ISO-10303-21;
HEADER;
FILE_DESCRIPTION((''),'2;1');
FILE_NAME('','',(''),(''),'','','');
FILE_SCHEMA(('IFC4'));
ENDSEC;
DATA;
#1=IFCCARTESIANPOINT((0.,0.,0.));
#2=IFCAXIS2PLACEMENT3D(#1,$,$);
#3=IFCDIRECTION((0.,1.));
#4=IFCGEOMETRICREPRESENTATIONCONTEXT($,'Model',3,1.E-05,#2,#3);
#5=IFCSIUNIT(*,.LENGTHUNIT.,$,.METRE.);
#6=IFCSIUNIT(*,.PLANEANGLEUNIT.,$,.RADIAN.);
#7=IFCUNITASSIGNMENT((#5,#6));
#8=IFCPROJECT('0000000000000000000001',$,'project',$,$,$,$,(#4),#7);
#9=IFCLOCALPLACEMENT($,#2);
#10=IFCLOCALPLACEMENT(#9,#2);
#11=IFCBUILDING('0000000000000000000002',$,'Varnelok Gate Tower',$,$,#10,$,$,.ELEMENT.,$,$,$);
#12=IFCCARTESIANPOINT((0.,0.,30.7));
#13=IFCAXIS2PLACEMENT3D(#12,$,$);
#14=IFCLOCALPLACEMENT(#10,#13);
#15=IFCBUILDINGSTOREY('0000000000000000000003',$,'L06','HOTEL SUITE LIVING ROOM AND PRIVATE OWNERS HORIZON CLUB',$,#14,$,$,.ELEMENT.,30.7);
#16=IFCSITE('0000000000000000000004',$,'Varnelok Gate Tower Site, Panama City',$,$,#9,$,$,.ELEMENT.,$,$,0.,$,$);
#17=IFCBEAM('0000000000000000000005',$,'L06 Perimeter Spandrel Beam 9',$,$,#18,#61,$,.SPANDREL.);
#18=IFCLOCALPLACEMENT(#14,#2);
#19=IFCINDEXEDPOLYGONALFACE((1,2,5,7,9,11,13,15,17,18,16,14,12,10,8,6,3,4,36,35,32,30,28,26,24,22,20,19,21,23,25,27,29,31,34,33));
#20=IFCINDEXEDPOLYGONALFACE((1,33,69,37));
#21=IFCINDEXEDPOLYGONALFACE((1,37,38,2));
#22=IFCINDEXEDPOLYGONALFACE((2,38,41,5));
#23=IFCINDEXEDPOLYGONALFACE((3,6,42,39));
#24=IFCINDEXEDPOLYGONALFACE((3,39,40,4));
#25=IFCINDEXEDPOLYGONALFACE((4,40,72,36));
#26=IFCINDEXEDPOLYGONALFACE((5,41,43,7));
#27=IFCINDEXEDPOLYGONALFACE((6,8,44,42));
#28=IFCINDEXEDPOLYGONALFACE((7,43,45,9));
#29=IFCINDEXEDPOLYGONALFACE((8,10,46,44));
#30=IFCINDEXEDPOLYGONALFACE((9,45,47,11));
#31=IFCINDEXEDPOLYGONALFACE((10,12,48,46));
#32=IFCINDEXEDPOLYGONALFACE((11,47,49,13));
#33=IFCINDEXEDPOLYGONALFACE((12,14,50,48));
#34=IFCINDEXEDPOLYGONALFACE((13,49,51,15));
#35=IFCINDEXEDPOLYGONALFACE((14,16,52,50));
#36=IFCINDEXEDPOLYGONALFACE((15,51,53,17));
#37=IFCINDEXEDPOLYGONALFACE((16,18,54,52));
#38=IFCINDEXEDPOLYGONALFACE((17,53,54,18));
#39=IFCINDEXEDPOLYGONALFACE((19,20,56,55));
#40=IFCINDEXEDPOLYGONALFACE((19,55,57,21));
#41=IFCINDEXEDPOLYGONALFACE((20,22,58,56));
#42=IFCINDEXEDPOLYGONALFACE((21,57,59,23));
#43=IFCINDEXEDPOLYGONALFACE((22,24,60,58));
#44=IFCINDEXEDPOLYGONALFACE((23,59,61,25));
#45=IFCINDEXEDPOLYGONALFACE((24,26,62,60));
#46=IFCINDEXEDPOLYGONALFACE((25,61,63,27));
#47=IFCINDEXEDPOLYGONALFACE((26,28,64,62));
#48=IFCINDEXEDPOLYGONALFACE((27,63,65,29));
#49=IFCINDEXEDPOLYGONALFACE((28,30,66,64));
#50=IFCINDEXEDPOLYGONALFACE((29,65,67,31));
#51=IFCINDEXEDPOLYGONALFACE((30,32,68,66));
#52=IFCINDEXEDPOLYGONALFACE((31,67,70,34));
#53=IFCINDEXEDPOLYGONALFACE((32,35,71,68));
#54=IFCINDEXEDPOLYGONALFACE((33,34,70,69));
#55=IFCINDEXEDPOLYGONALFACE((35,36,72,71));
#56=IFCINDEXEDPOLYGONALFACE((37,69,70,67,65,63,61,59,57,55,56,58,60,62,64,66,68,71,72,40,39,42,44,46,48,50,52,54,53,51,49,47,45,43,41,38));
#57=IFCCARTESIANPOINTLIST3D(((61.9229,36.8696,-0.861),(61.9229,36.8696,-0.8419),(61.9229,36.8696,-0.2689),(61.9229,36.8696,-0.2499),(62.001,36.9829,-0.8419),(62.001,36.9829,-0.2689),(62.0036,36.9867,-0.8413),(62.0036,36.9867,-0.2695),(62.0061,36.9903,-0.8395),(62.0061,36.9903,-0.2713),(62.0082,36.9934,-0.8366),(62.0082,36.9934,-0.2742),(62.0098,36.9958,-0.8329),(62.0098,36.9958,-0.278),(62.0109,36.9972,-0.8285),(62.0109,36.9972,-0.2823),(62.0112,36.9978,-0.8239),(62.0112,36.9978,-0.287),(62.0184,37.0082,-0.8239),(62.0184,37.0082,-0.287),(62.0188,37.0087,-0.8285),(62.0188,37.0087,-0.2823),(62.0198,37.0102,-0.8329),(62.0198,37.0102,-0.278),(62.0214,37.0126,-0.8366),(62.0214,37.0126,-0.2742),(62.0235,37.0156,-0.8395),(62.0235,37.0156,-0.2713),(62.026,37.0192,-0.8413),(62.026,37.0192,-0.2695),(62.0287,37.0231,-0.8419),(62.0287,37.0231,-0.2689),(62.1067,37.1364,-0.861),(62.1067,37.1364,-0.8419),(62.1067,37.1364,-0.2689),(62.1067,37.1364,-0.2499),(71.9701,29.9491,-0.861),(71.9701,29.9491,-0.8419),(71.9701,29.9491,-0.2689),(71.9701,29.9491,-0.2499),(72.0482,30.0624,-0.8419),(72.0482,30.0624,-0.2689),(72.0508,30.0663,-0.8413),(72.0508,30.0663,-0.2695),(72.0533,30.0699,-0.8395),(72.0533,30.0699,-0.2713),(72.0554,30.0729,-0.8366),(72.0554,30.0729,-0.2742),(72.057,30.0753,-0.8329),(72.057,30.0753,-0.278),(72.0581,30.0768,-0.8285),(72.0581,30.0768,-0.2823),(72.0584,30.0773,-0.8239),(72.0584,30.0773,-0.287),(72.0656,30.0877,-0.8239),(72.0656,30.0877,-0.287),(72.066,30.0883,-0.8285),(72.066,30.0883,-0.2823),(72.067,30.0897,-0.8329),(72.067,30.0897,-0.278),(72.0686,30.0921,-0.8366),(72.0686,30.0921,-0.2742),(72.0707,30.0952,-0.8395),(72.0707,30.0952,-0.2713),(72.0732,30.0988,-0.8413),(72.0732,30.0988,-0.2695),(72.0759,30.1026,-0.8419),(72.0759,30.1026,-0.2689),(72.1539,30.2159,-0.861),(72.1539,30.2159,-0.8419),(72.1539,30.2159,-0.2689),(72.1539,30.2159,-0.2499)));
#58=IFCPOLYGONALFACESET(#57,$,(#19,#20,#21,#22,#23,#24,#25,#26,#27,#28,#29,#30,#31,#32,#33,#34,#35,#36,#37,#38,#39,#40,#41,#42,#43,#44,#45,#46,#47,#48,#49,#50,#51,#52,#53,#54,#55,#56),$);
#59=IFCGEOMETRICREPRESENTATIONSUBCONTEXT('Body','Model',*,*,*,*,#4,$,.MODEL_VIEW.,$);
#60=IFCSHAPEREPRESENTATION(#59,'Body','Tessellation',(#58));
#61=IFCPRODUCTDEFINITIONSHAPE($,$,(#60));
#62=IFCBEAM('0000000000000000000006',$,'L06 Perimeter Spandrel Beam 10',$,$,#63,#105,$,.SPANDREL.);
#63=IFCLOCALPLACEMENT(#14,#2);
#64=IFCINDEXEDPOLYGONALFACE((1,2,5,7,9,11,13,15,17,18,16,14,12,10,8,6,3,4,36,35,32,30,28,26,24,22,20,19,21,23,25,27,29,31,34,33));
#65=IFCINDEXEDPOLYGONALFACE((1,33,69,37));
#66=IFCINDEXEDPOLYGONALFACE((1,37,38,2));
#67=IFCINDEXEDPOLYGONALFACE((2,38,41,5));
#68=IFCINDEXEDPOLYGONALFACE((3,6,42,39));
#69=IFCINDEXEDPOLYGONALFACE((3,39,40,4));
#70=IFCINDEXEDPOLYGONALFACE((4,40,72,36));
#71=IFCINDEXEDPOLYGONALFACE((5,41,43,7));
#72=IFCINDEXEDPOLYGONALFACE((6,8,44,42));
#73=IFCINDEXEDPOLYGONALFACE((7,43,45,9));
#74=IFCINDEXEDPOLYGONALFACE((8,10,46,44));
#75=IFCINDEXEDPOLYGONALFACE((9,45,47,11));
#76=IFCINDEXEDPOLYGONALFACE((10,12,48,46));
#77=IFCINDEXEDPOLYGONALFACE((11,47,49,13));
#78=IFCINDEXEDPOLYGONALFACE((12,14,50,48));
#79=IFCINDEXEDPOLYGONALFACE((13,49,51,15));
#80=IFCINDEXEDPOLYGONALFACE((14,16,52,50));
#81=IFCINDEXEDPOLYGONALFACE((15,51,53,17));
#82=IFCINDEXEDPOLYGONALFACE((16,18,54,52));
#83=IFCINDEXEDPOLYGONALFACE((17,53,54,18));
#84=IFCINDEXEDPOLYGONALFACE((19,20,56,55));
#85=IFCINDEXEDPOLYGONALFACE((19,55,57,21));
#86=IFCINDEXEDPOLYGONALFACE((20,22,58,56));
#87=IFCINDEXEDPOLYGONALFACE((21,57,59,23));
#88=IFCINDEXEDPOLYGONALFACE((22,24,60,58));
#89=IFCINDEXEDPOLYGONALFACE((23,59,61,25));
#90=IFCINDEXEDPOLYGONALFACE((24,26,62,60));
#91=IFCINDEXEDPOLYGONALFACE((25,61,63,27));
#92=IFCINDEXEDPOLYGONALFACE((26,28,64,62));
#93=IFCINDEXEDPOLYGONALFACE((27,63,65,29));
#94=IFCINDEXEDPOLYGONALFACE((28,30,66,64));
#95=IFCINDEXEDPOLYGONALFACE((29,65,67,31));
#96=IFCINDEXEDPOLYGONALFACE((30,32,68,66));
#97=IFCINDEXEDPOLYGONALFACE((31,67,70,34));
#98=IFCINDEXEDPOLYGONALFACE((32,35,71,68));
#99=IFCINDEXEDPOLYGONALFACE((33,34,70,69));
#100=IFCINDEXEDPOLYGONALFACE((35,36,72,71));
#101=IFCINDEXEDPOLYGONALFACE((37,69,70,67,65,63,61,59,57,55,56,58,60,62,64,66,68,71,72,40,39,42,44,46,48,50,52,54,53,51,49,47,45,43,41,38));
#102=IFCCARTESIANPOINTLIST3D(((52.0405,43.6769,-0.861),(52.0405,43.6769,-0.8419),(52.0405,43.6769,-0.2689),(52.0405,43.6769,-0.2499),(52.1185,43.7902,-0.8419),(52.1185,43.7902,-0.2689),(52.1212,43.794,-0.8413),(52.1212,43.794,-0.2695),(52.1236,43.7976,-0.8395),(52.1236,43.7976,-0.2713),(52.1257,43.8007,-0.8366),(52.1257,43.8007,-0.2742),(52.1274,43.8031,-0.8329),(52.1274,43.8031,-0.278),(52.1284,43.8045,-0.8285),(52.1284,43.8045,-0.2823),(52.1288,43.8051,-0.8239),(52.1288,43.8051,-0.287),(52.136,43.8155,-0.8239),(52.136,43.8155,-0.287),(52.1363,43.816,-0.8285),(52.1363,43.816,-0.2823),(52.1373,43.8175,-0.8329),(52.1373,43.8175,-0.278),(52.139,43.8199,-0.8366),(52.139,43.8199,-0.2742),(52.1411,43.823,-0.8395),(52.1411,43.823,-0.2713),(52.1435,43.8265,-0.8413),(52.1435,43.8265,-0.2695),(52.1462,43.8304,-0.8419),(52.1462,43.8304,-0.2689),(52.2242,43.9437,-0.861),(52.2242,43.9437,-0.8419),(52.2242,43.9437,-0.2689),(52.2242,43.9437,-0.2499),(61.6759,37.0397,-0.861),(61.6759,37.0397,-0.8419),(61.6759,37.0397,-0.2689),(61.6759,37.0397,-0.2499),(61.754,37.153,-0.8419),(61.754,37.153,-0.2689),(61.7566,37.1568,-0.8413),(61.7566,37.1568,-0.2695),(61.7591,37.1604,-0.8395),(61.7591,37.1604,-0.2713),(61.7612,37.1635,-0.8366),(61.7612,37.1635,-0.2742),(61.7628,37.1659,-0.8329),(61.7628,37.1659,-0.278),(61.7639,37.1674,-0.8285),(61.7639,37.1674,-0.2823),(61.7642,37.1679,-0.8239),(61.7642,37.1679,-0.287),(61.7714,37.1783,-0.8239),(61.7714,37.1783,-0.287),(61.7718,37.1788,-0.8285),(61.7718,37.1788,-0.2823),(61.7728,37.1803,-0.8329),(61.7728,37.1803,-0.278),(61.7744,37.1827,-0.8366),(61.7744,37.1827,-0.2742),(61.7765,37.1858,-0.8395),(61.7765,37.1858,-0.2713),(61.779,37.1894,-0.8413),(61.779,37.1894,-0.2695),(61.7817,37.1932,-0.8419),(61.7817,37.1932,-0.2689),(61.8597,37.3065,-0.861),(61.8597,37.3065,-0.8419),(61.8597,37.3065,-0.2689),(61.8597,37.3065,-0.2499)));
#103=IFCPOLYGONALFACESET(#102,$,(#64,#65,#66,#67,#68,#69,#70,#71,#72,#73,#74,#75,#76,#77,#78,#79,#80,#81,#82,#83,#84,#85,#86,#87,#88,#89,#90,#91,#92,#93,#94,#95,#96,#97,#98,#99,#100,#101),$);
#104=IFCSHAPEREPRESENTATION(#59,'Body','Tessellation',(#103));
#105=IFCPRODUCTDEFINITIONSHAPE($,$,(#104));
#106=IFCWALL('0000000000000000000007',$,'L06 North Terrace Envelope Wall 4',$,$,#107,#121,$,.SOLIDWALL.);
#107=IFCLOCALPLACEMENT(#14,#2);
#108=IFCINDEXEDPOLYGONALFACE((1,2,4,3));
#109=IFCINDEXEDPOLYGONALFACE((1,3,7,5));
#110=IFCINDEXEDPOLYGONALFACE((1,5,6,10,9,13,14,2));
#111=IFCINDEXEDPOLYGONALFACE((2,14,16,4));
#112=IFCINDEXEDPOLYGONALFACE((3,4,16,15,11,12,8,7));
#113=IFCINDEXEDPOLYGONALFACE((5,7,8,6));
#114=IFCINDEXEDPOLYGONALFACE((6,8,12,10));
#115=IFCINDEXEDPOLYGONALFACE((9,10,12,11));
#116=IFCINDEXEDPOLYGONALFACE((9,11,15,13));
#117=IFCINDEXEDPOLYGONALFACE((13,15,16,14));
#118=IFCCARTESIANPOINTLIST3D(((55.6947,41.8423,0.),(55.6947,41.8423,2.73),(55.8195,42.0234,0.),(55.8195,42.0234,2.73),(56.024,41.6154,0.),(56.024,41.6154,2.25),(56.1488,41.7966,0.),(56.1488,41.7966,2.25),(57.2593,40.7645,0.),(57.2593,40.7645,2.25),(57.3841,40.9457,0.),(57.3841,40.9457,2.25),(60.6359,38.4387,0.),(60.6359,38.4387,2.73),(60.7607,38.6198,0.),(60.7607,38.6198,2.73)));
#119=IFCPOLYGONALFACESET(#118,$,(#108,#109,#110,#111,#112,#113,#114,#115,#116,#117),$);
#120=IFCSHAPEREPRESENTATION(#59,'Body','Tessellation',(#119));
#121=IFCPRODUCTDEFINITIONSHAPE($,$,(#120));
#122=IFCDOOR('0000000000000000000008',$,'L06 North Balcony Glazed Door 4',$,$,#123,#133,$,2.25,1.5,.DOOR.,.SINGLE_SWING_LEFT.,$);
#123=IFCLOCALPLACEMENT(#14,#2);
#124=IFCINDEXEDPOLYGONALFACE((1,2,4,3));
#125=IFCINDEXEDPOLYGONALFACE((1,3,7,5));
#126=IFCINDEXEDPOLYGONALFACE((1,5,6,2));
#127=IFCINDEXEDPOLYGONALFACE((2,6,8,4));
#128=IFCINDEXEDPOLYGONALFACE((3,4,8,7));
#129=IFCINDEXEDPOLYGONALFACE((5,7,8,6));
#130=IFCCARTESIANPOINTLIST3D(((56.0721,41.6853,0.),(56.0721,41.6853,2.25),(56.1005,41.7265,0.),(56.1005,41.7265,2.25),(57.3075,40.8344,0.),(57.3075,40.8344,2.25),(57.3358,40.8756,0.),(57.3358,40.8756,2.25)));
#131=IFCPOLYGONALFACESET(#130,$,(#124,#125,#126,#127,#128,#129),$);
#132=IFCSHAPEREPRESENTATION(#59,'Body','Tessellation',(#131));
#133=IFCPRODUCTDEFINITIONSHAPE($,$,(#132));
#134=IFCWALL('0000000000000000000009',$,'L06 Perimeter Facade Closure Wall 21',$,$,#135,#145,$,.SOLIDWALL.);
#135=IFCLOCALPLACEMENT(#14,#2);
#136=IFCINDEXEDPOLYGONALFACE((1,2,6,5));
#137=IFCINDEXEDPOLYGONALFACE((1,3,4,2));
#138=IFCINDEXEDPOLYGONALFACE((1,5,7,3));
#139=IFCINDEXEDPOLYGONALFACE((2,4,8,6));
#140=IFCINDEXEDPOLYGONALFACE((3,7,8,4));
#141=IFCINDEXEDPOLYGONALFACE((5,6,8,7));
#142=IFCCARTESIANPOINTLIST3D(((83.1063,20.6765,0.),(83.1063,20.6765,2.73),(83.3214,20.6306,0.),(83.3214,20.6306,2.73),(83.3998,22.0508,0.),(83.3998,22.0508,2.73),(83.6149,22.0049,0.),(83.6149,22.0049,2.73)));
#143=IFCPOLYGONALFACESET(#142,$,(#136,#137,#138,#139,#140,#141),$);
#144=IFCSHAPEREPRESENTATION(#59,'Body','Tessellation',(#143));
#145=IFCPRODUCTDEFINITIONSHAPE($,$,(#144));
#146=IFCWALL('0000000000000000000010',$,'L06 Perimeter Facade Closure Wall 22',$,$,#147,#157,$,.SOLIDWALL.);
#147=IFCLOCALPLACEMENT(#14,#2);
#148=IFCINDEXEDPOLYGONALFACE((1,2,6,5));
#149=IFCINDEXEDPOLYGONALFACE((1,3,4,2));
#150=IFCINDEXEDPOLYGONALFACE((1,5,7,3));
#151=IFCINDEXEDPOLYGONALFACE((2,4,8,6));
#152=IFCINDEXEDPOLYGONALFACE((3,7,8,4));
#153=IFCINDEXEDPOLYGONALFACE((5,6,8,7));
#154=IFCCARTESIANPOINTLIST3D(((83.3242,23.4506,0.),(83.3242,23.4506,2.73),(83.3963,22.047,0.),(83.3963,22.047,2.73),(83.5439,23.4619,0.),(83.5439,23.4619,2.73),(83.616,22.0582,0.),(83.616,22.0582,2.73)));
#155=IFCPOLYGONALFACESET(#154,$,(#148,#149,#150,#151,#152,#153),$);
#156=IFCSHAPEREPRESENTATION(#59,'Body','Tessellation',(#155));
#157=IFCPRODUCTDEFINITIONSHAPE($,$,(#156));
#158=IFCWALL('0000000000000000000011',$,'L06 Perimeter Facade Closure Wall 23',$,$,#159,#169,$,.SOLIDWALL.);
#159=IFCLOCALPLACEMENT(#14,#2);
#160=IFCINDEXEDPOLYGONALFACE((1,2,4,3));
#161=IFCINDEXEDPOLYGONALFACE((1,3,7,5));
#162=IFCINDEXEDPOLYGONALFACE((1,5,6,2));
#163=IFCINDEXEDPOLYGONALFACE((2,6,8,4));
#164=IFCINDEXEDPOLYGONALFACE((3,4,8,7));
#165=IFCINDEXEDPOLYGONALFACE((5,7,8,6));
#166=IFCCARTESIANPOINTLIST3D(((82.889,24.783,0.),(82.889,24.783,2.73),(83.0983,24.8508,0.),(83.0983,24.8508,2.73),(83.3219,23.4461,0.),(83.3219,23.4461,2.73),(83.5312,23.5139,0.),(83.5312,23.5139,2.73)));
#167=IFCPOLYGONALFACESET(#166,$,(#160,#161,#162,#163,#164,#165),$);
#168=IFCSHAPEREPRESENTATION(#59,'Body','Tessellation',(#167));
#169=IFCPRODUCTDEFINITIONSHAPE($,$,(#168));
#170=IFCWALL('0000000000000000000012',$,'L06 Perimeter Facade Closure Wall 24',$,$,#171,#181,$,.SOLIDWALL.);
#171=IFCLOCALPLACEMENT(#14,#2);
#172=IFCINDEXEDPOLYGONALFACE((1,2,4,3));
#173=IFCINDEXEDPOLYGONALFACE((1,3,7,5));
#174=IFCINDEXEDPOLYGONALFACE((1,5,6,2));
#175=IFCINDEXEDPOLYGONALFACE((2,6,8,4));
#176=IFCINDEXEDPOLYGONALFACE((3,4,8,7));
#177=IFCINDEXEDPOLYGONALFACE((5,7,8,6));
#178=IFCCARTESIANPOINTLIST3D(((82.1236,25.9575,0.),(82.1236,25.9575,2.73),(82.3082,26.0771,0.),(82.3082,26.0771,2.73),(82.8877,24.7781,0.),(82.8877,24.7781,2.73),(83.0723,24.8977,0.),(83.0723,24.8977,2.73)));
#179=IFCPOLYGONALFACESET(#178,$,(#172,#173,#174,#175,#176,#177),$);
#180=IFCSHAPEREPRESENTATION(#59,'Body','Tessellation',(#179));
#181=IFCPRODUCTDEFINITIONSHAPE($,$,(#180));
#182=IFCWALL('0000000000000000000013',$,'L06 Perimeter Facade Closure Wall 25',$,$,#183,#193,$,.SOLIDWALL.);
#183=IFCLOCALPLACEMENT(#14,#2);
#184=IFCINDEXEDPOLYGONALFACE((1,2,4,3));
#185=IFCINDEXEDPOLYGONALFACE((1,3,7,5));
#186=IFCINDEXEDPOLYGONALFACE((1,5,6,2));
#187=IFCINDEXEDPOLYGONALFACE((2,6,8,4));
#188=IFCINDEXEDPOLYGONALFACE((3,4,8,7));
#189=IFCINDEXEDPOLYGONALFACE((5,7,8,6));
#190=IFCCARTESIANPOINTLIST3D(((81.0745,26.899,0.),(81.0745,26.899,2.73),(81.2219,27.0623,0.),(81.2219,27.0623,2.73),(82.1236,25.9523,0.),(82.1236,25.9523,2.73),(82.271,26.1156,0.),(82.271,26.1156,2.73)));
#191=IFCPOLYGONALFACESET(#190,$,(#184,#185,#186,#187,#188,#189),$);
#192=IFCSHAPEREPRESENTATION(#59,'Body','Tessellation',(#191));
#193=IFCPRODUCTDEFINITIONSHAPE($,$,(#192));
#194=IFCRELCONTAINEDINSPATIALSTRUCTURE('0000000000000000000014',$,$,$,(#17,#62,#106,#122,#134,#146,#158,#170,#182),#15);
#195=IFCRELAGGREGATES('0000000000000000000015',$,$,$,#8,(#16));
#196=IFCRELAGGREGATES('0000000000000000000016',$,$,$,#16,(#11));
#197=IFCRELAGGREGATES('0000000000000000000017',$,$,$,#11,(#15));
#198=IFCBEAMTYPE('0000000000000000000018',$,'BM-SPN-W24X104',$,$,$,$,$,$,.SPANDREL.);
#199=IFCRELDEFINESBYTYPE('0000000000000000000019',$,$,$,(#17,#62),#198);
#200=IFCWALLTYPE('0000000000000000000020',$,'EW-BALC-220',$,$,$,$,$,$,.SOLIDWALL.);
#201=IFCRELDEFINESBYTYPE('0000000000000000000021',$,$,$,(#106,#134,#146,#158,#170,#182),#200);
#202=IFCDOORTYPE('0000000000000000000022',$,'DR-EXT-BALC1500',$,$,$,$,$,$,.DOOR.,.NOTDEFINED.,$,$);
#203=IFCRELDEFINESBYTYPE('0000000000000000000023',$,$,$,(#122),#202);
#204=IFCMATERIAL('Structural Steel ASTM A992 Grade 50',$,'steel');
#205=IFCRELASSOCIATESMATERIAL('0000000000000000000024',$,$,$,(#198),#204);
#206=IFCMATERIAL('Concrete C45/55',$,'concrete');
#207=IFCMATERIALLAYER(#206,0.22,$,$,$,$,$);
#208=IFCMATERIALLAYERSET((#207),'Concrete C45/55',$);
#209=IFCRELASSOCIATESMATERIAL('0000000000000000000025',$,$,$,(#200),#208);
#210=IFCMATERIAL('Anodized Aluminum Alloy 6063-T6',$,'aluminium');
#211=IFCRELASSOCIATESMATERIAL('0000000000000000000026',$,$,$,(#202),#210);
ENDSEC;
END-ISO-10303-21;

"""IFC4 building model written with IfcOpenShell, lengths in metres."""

from ifc_helpers import new_model, si_unit, direction, frame, frame_2d, origin, origin_2d, place, context, subcontext, project, spatial, rectangle, i_section, extrude, material, layer, layer_set, material_profile, profile_set, type_object, element, fill, save


model = new_model("IFC4")

# Units and contexts
model_context = context("Model", 3, precision=1e-05, world=origin(), true_north=direction((0.0, 1.0)))
body_context = subcontext(model_context, "Body", "Model", "MODEL_VIEW")
ifc_project = project(units=[si_unit("LENGTHUNIT", "METRE"), si_unit("PLANEANGLEUNIT", "RADIAN")], contexts=[model_context])

# Site, building, storey
site_placement = place(None, origin())
site = spatial("IfcSite", under=ifc_project, at=site_placement, Name="Varnelok Gate Tower Site, Panama City", CompositionType="ELEMENT", RefElevation=0.0)
building_placement = place(site_placement, origin())
building = spatial("IfcBuilding", under=site, at=building_placement, Name="Varnelok Gate Tower", CompositionType="ELEMENT")
storey_placement = place(building_placement, frame((0.0, 0.0, 30.7)))
storey = spatial("IfcBuildingStorey", under=building, at=storey_placement, Name="L06", Description="HOTEL SUITE LIVING ROOM AND PRIVATE OWNERS HORIZON CLUB", CompositionType="ELEMENT", Elevation=30.7)

# Shared definitions
ifc_material_1 = material(Name="Structural Steel ASTM A992 Grade 50", Category="steel")

# Beams
ifc_material_profile_1 = material_profile(ifc_material_1, i_section(OverallWidth=0.324, OverallDepth=0.6111, WebThickness=0.0127, FlangeThickness=0.019, FilletRadius=0.0181, at=origin_2d()), Name="W24X104")
ifc_profile_set_1 = profile_set([ifc_material_profile_1], Name="Structural Steel ASTM A992 Grade 50")
beam_type_1 = type_object("IfcBeamType", Name="BM-SPN-W24X104", PredefinedType="SPANDREL", material=ifc_profile_set_1)
beam_1_placement = place(storey_placement, frame((72.062, 30.0825, -0.5554), z_axis=(-0.823544, 0.567253, 0.0), x_axis=(-0.567253, -0.823544, 0.0)))
element("IfcBeam", 1, at=beam_1_placement, inside=storey, type_object=beam_type_1, Name="L06 Perimeter Spandrel Beam 9", PredefinedType="SPANDREL", context=body_context, shape_type="SweptSolid", body=[
    extrude(i_section(OverallWidth=0.324, OverallDepth=0.6111, WebThickness=0.0127, FlangeThickness=0.019, FilletRadius=0.0181, at=origin_2d()), origin(), (0.0, 0.0, 1.0), 12.2),
])
beam_2_placement = place(storey_placement, frame((61.7678, 37.1731, -0.5554), z_axis=(-0.823531, 0.567272, 0.0), x_axis=(-0.567272, -0.823531, 0.0)))
element("IfcBeam", 2, at=beam_2_placement, inside=storey, type_object=beam_type_1, Name="L06 Perimeter Spandrel Beam 10", PredefinedType="SPANDREL", context=body_context, shape_type="SweptSolid", body=[
    extrude(i_section(OverallWidth=0.324, OverallDepth=0.6111, WebThickness=0.0127, FlangeThickness=0.019, FilletRadius=0.0181, at=origin_2d()), origin(), (0.0, 0.0, 1.0), 11.7002),
])

# Wall, opening, door
ifc_material_2 = material(Name="Concrete C45/55", Category="concrete")
ifc_layer_1 = layer(ifc_material_2, 0.22)
ifc_layer_set_1 = layer_set([ifc_layer_1], Name="Concrete C45/55")
wall_type_1 = type_object("IfcWallType", Name="EW-BALC-220", PredefinedType="SOLIDWALL", material=ifc_layer_set_1)
wall_1_placement = place(storey_placement, frame((55.7571, 41.9329, 0.0), z_axis=(0.0, 0.0, 1.0), x_axis=(0.823535, -0.567266, 0.0)))
wall_1 = element("IfcWall", 3, at=wall_1_placement, inside=storey, type_object=wall_type_1, Name="L06 North Terrace Envelope Wall 4", PredefinedType="SOLIDWALL", context=body_context, shape_type="SweptSolid", body=[
    extrude(rectangle(XDim=6.0, YDim=0.22, at=frame_2d((3.0, 0.0))), origin(), (0.0, 0.0, 1.0), 2.73),
])
opening_1_placement = place(wall_1_placement, frame((0.3999, 0.0, 0.0)))
opening_1 = element("IfcOpeningElement", 4, at=opening_1_placement, cuts=wall_1, PredefinedType="OPENING", context=body_context, shape_type="SweptSolid", body=[
    extrude(rectangle(XDim=1.5, YDim=2.25, at=frame_2d((0.75, 1.125))), frame((0.0, 0.1199, 0.0), z_axis=(0.0, -1.0, 0.0), x_axis=(1.0, 0.0, 0.0)), (0.0, 0.0, 1.0), 0.24),
])
ifc_material_3 = material(Name="Anodized Aluminum Alloy 6063-T6", Category="aluminium")
door_type = type_object("IfcDoorType", Name="DR-EXT-BALC1500", OperationType="NOTDEFINED", PredefinedType="DOOR", material=ifc_material_3)
door_placement = place(opening_1_placement, origin())
door = element("IfcDoor", 5, at=door_placement, inside=storey, type_object=door_type, Name="L06 North Balcony Glazed Door 4", OperationType="SINGLE_SWING_LEFT", OverallHeight=2.25, OverallWidth=1.5, PredefinedType="DOOR", context=body_context, shape_type="SweptSolid", body=[
    extrude(rectangle(XDim=1.5, YDim=2.25, at=frame_2d((0.75, 1.125))), frame((0.0, 0.0249, 0.0), z_axis=(0.0, -1.0, 0.0), x_axis=(1.0, 0.0, 0.0)), (0.0, 0.0, 1.0), 0.05),
])
fill(opening_1, door)

# Walls
wall_2_placement = place(storey_placement, frame((83.2139, 20.6536, 0.0), z_axis=(0.0, 0.0, 1.0), x_axis=(0.208829, 0.977952, 0.0)))
element("IfcWall", 6, at=wall_2_placement, inside=storey, type_object=wall_type_1, Name="L06 Perimeter Facade Closure Wall 21", PredefinedType="SOLIDWALL", context=body_context, shape_type="SweptSolid", body=[
    extrude(rectangle(XDim=1.4053, YDim=0.22, at=frame_2d((0.7026, 0.0))), origin(), (0.0, 0.0, 1.0), 2.73),
])
wall_3_placement = place(storey_placement, frame((83.5061, 22.0527, 0.0), z_axis=(0.0, 0.0, 1.0), x_axis=(-0.051246, 0.998686, 0.0)))
element("IfcWall", 7, at=wall_3_placement, inside=storey, type_object=wall_type_1, Name="L06 Perimeter Facade Closure Wall 22", PredefinedType="SOLIDWALL", context=body_context, shape_type="SweptSolid", body=[
    extrude(rectangle(XDim=1.4055, YDim=0.22, at=frame_2d((0.7026, 0.0))), origin(), (0.0, 0.0, 1.0), 2.73),
])
for number, where, z_axis, x_axis, name in (
    (8, (83.4265, 23.48, 0.0), (0.0, 0.0, 1.0), (-0.308033, 0.951376, 0.0), "L06 Perimeter Facade Closure Wall 23"),
    (9, (82.98, 24.8379, 0.0), (0.0, 0.0, 1.0), (-0.543748, 0.839248, 0.0), "L06 Perimeter Facade Closure Wall 24"),
):
    element("IfcWall", number, at=place(storey_placement, frame(where, z_axis=z_axis, x_axis=x_axis)), inside=storey, type_object=wall_type_1, Name=name, PredefinedType="SOLIDWALL", context=body_context, shape_type="SweptSolid", body=[
        extrude(rectangle(XDim=1.4053, YDim=0.22, at=frame_2d((0.7026, 0.0))), origin(), (0.0, 0.0, 1.0), 2.73),
    ])
wall_4_placement = place(storey_placement, frame((82.1973, 26.0339, 0.0), z_axis=(0.0, 0.0, 1.0), x_axis=(-0.742374, 0.669985, 0.0)))
element("IfcWall", 10, at=wall_4_placement, inside=storey, type_object=wall_type_1, Name="L06 Perimeter Facade Closure Wall 25", PredefinedType="SOLIDWALL", context=body_context, shape_type="SweptSolid", body=[
    extrude(rectangle(XDim=1.4131, YDim=0.22, at=frame_2d((0.7065, 0.0))), origin(), (0.0, 0.0, 1.0), 2.73),
])

save(model, "model.ifc")
